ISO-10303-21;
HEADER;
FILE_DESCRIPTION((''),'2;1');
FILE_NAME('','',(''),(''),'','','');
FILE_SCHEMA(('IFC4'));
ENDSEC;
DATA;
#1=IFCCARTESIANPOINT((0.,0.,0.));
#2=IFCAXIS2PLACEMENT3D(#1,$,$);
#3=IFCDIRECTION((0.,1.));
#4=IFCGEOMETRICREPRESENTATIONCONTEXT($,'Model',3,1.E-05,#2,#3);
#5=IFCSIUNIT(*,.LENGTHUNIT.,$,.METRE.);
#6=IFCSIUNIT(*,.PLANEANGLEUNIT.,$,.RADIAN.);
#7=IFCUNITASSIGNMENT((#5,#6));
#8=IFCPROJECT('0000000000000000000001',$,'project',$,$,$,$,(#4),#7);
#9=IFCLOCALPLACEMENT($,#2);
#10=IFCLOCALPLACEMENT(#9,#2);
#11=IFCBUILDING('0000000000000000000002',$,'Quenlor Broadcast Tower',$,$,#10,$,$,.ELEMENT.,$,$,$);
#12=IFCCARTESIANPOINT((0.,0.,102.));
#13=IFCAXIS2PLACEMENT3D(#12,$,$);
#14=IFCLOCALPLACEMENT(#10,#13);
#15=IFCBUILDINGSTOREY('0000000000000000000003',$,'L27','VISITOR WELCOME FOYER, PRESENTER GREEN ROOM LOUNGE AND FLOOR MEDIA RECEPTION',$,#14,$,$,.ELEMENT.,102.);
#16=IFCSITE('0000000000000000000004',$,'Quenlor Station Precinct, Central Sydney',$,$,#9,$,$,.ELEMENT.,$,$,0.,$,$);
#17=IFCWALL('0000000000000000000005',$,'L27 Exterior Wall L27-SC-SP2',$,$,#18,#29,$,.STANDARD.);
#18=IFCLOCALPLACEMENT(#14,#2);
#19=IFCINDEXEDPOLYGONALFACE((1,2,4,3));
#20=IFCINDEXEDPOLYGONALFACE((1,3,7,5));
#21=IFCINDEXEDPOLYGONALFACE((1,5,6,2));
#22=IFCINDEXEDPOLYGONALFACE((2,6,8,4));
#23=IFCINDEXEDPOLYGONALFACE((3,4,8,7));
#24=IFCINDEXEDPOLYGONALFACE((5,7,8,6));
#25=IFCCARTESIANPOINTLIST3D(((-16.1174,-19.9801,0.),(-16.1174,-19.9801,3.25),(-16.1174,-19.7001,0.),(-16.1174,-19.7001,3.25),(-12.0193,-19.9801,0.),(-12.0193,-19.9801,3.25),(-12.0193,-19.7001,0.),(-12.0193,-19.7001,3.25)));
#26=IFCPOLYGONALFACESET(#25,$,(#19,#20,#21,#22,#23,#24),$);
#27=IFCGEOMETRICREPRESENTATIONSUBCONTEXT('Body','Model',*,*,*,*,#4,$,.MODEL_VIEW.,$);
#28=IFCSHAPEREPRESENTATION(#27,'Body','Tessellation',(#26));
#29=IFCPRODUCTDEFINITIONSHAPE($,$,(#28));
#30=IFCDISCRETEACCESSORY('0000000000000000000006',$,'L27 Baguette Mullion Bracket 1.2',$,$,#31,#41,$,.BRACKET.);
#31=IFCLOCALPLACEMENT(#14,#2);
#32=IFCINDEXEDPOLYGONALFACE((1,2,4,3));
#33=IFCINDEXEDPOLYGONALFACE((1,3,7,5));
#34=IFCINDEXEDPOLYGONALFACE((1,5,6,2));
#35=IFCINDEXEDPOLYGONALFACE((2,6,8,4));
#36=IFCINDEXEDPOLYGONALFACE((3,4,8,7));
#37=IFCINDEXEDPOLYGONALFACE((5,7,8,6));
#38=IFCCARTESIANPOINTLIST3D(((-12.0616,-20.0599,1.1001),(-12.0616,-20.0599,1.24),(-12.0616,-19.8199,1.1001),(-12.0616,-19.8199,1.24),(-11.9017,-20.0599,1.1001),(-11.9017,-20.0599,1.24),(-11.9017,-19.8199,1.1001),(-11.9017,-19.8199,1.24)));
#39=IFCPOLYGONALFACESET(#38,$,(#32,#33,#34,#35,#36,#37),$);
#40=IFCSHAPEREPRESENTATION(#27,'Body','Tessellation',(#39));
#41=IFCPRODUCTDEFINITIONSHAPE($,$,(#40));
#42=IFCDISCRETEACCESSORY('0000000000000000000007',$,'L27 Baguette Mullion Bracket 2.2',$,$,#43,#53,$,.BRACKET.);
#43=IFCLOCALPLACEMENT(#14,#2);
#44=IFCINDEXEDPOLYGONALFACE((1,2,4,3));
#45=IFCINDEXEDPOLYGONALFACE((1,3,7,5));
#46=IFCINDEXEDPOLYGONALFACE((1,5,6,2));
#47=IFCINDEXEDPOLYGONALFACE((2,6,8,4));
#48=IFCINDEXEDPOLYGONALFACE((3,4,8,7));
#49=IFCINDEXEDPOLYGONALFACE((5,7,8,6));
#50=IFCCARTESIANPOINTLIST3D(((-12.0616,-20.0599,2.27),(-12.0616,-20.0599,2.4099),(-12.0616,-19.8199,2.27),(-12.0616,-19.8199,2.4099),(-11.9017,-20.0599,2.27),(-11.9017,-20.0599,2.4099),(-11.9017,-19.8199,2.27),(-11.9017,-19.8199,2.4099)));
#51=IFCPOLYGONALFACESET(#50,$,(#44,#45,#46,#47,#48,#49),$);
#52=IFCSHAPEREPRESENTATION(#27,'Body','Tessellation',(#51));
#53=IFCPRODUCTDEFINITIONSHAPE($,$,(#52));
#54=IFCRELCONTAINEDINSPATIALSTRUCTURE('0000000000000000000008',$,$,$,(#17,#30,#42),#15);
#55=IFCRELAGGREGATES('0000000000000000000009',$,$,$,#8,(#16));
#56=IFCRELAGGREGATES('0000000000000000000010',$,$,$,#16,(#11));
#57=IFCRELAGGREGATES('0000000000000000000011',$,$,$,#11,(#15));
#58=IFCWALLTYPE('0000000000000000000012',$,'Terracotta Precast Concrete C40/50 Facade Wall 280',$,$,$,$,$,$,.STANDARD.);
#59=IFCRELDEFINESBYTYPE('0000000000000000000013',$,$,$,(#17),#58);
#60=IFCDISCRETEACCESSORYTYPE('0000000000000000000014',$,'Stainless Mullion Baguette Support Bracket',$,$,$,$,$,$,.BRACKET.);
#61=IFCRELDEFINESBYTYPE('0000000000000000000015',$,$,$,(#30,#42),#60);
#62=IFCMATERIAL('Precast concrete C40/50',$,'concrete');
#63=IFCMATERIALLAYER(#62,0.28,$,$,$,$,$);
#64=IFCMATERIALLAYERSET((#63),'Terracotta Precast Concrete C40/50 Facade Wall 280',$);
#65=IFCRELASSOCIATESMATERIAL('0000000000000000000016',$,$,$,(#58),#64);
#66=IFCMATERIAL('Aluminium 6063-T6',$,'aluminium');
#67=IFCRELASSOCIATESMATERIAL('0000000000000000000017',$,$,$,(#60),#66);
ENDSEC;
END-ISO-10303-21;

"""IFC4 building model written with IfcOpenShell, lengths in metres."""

from ifc_helpers import new_model, si_unit, direction, frame, frame_2d, origin, origin_2d, place, context, subcontext, project, spatial, rectangle, extrude, material, layer, layer_set, type_object, element, save


model = new_model("IFC4")

# Units and contexts
model_context = context("Model", 3, precision=1e-05, world=origin(), true_north=direction((0.0, 1.0)))
body_context = subcontext(model_context, "Body", "Model", "MODEL_VIEW")
ifc_project = project(units=[si_unit("LENGTHUNIT", "METRE"), si_unit("PLANEANGLEUNIT", "RADIAN")], contexts=[model_context])

# Site, building, storey
site_placement = place(None, origin())
site = spatial("IfcSite", under=ifc_project, at=site_placement, Name="Quenlor Station Precinct, Central Sydney", CompositionType="ELEMENT", RefElevation=0.0)
building_placement = place(site_placement, origin())
building = spatial("IfcBuilding", under=site, at=building_placement, Name="Quenlor Broadcast Tower", CompositionType="ELEMENT")
storey_placement = place(building_placement, frame((0.0, 0.0, 102.0)))
storey = spatial("IfcBuildingStorey", under=building, at=storey_placement, Name="L27", Description="VISITOR WELCOME FOYER, PRESENTER GREEN ROOM LOUNGE AND FLOOR MEDIA RECEPTION", CompositionType="ELEMENT", Elevation=102.0)

# Wall
ifc_material_1 = material(Name="Precast concrete C40/50", Category="concrete")
ifc_layer_1 = layer(ifc_material_1, 0.28)
ifc_layer_set_1 = layer_set([ifc_layer_1], Name="Terracotta Precast Concrete C40/50 Facade Wall 280")
wall_type_1 = type_object("IfcWallType", Name="Terracotta Precast Concrete C40/50 Facade Wall 280", PredefinedType="STANDARD", material=ifc_layer_set_1)
wall_1_placement = place(storey_placement, frame((-12.0193, -19.8401, 0.0), z_axis=(0.0, 0.0, 1.0), x_axis=(-1.0, 0.0, 0.0)))
element("IfcWall", 1, at=wall_1_placement, inside=storey, type_object=wall_type_1, Name="L27 Exterior Wall L27-SC-SP2", PredefinedType="STANDARD", context=body_context, shape_type="SweptSolid", body=[
    extrude(rectangle(XDim=4.0981, YDim=0.28, at=frame_2d((2.0491, 0.0))), origin(), (0.0, 0.0, 1.0), 3.25),
])

# Discrete accessories
ifc_material_2 = material(Name="Aluminium 6063-T6", Category="aluminium")
discrete_accessory_type = type_object("IfcDiscreteAccessoryType", Name="Stainless Mullion Baguette Support Bracket", PredefinedType="BRACKET", material=ifc_material_2)
for number, where, z_axis, x_axis, name in (
    (2, (-11.9817, -19.9399, 1.1001), (0.0, 0.0, 1.0), (-1.0, 0.0, 0.0), "L27 Baguette Mullion Bracket 1.2"),
    (3, (-11.9817, -19.9399, 2.27), (0.0, 0.0, 1.0), (-1.0, 0.0, 0.0), "L27 Baguette Mullion Bracket 2.2"),
):
    element("IfcDiscreteAccessory", number, at=place(storey_placement, frame(where, z_axis=z_axis, x_axis=x_axis)), inside=storey, type_object=discrete_accessory_type, Name=name, PredefinedType="BRACKET", context=body_context, shape_type="SweptSolid", body=[
        extrude(rectangle(XDim=0.1599, YDim=0.24, at=origin_2d()), origin(), (0.0, 0.0, 1.0), 0.1399),
    ])

save(model, "model.ifc")
